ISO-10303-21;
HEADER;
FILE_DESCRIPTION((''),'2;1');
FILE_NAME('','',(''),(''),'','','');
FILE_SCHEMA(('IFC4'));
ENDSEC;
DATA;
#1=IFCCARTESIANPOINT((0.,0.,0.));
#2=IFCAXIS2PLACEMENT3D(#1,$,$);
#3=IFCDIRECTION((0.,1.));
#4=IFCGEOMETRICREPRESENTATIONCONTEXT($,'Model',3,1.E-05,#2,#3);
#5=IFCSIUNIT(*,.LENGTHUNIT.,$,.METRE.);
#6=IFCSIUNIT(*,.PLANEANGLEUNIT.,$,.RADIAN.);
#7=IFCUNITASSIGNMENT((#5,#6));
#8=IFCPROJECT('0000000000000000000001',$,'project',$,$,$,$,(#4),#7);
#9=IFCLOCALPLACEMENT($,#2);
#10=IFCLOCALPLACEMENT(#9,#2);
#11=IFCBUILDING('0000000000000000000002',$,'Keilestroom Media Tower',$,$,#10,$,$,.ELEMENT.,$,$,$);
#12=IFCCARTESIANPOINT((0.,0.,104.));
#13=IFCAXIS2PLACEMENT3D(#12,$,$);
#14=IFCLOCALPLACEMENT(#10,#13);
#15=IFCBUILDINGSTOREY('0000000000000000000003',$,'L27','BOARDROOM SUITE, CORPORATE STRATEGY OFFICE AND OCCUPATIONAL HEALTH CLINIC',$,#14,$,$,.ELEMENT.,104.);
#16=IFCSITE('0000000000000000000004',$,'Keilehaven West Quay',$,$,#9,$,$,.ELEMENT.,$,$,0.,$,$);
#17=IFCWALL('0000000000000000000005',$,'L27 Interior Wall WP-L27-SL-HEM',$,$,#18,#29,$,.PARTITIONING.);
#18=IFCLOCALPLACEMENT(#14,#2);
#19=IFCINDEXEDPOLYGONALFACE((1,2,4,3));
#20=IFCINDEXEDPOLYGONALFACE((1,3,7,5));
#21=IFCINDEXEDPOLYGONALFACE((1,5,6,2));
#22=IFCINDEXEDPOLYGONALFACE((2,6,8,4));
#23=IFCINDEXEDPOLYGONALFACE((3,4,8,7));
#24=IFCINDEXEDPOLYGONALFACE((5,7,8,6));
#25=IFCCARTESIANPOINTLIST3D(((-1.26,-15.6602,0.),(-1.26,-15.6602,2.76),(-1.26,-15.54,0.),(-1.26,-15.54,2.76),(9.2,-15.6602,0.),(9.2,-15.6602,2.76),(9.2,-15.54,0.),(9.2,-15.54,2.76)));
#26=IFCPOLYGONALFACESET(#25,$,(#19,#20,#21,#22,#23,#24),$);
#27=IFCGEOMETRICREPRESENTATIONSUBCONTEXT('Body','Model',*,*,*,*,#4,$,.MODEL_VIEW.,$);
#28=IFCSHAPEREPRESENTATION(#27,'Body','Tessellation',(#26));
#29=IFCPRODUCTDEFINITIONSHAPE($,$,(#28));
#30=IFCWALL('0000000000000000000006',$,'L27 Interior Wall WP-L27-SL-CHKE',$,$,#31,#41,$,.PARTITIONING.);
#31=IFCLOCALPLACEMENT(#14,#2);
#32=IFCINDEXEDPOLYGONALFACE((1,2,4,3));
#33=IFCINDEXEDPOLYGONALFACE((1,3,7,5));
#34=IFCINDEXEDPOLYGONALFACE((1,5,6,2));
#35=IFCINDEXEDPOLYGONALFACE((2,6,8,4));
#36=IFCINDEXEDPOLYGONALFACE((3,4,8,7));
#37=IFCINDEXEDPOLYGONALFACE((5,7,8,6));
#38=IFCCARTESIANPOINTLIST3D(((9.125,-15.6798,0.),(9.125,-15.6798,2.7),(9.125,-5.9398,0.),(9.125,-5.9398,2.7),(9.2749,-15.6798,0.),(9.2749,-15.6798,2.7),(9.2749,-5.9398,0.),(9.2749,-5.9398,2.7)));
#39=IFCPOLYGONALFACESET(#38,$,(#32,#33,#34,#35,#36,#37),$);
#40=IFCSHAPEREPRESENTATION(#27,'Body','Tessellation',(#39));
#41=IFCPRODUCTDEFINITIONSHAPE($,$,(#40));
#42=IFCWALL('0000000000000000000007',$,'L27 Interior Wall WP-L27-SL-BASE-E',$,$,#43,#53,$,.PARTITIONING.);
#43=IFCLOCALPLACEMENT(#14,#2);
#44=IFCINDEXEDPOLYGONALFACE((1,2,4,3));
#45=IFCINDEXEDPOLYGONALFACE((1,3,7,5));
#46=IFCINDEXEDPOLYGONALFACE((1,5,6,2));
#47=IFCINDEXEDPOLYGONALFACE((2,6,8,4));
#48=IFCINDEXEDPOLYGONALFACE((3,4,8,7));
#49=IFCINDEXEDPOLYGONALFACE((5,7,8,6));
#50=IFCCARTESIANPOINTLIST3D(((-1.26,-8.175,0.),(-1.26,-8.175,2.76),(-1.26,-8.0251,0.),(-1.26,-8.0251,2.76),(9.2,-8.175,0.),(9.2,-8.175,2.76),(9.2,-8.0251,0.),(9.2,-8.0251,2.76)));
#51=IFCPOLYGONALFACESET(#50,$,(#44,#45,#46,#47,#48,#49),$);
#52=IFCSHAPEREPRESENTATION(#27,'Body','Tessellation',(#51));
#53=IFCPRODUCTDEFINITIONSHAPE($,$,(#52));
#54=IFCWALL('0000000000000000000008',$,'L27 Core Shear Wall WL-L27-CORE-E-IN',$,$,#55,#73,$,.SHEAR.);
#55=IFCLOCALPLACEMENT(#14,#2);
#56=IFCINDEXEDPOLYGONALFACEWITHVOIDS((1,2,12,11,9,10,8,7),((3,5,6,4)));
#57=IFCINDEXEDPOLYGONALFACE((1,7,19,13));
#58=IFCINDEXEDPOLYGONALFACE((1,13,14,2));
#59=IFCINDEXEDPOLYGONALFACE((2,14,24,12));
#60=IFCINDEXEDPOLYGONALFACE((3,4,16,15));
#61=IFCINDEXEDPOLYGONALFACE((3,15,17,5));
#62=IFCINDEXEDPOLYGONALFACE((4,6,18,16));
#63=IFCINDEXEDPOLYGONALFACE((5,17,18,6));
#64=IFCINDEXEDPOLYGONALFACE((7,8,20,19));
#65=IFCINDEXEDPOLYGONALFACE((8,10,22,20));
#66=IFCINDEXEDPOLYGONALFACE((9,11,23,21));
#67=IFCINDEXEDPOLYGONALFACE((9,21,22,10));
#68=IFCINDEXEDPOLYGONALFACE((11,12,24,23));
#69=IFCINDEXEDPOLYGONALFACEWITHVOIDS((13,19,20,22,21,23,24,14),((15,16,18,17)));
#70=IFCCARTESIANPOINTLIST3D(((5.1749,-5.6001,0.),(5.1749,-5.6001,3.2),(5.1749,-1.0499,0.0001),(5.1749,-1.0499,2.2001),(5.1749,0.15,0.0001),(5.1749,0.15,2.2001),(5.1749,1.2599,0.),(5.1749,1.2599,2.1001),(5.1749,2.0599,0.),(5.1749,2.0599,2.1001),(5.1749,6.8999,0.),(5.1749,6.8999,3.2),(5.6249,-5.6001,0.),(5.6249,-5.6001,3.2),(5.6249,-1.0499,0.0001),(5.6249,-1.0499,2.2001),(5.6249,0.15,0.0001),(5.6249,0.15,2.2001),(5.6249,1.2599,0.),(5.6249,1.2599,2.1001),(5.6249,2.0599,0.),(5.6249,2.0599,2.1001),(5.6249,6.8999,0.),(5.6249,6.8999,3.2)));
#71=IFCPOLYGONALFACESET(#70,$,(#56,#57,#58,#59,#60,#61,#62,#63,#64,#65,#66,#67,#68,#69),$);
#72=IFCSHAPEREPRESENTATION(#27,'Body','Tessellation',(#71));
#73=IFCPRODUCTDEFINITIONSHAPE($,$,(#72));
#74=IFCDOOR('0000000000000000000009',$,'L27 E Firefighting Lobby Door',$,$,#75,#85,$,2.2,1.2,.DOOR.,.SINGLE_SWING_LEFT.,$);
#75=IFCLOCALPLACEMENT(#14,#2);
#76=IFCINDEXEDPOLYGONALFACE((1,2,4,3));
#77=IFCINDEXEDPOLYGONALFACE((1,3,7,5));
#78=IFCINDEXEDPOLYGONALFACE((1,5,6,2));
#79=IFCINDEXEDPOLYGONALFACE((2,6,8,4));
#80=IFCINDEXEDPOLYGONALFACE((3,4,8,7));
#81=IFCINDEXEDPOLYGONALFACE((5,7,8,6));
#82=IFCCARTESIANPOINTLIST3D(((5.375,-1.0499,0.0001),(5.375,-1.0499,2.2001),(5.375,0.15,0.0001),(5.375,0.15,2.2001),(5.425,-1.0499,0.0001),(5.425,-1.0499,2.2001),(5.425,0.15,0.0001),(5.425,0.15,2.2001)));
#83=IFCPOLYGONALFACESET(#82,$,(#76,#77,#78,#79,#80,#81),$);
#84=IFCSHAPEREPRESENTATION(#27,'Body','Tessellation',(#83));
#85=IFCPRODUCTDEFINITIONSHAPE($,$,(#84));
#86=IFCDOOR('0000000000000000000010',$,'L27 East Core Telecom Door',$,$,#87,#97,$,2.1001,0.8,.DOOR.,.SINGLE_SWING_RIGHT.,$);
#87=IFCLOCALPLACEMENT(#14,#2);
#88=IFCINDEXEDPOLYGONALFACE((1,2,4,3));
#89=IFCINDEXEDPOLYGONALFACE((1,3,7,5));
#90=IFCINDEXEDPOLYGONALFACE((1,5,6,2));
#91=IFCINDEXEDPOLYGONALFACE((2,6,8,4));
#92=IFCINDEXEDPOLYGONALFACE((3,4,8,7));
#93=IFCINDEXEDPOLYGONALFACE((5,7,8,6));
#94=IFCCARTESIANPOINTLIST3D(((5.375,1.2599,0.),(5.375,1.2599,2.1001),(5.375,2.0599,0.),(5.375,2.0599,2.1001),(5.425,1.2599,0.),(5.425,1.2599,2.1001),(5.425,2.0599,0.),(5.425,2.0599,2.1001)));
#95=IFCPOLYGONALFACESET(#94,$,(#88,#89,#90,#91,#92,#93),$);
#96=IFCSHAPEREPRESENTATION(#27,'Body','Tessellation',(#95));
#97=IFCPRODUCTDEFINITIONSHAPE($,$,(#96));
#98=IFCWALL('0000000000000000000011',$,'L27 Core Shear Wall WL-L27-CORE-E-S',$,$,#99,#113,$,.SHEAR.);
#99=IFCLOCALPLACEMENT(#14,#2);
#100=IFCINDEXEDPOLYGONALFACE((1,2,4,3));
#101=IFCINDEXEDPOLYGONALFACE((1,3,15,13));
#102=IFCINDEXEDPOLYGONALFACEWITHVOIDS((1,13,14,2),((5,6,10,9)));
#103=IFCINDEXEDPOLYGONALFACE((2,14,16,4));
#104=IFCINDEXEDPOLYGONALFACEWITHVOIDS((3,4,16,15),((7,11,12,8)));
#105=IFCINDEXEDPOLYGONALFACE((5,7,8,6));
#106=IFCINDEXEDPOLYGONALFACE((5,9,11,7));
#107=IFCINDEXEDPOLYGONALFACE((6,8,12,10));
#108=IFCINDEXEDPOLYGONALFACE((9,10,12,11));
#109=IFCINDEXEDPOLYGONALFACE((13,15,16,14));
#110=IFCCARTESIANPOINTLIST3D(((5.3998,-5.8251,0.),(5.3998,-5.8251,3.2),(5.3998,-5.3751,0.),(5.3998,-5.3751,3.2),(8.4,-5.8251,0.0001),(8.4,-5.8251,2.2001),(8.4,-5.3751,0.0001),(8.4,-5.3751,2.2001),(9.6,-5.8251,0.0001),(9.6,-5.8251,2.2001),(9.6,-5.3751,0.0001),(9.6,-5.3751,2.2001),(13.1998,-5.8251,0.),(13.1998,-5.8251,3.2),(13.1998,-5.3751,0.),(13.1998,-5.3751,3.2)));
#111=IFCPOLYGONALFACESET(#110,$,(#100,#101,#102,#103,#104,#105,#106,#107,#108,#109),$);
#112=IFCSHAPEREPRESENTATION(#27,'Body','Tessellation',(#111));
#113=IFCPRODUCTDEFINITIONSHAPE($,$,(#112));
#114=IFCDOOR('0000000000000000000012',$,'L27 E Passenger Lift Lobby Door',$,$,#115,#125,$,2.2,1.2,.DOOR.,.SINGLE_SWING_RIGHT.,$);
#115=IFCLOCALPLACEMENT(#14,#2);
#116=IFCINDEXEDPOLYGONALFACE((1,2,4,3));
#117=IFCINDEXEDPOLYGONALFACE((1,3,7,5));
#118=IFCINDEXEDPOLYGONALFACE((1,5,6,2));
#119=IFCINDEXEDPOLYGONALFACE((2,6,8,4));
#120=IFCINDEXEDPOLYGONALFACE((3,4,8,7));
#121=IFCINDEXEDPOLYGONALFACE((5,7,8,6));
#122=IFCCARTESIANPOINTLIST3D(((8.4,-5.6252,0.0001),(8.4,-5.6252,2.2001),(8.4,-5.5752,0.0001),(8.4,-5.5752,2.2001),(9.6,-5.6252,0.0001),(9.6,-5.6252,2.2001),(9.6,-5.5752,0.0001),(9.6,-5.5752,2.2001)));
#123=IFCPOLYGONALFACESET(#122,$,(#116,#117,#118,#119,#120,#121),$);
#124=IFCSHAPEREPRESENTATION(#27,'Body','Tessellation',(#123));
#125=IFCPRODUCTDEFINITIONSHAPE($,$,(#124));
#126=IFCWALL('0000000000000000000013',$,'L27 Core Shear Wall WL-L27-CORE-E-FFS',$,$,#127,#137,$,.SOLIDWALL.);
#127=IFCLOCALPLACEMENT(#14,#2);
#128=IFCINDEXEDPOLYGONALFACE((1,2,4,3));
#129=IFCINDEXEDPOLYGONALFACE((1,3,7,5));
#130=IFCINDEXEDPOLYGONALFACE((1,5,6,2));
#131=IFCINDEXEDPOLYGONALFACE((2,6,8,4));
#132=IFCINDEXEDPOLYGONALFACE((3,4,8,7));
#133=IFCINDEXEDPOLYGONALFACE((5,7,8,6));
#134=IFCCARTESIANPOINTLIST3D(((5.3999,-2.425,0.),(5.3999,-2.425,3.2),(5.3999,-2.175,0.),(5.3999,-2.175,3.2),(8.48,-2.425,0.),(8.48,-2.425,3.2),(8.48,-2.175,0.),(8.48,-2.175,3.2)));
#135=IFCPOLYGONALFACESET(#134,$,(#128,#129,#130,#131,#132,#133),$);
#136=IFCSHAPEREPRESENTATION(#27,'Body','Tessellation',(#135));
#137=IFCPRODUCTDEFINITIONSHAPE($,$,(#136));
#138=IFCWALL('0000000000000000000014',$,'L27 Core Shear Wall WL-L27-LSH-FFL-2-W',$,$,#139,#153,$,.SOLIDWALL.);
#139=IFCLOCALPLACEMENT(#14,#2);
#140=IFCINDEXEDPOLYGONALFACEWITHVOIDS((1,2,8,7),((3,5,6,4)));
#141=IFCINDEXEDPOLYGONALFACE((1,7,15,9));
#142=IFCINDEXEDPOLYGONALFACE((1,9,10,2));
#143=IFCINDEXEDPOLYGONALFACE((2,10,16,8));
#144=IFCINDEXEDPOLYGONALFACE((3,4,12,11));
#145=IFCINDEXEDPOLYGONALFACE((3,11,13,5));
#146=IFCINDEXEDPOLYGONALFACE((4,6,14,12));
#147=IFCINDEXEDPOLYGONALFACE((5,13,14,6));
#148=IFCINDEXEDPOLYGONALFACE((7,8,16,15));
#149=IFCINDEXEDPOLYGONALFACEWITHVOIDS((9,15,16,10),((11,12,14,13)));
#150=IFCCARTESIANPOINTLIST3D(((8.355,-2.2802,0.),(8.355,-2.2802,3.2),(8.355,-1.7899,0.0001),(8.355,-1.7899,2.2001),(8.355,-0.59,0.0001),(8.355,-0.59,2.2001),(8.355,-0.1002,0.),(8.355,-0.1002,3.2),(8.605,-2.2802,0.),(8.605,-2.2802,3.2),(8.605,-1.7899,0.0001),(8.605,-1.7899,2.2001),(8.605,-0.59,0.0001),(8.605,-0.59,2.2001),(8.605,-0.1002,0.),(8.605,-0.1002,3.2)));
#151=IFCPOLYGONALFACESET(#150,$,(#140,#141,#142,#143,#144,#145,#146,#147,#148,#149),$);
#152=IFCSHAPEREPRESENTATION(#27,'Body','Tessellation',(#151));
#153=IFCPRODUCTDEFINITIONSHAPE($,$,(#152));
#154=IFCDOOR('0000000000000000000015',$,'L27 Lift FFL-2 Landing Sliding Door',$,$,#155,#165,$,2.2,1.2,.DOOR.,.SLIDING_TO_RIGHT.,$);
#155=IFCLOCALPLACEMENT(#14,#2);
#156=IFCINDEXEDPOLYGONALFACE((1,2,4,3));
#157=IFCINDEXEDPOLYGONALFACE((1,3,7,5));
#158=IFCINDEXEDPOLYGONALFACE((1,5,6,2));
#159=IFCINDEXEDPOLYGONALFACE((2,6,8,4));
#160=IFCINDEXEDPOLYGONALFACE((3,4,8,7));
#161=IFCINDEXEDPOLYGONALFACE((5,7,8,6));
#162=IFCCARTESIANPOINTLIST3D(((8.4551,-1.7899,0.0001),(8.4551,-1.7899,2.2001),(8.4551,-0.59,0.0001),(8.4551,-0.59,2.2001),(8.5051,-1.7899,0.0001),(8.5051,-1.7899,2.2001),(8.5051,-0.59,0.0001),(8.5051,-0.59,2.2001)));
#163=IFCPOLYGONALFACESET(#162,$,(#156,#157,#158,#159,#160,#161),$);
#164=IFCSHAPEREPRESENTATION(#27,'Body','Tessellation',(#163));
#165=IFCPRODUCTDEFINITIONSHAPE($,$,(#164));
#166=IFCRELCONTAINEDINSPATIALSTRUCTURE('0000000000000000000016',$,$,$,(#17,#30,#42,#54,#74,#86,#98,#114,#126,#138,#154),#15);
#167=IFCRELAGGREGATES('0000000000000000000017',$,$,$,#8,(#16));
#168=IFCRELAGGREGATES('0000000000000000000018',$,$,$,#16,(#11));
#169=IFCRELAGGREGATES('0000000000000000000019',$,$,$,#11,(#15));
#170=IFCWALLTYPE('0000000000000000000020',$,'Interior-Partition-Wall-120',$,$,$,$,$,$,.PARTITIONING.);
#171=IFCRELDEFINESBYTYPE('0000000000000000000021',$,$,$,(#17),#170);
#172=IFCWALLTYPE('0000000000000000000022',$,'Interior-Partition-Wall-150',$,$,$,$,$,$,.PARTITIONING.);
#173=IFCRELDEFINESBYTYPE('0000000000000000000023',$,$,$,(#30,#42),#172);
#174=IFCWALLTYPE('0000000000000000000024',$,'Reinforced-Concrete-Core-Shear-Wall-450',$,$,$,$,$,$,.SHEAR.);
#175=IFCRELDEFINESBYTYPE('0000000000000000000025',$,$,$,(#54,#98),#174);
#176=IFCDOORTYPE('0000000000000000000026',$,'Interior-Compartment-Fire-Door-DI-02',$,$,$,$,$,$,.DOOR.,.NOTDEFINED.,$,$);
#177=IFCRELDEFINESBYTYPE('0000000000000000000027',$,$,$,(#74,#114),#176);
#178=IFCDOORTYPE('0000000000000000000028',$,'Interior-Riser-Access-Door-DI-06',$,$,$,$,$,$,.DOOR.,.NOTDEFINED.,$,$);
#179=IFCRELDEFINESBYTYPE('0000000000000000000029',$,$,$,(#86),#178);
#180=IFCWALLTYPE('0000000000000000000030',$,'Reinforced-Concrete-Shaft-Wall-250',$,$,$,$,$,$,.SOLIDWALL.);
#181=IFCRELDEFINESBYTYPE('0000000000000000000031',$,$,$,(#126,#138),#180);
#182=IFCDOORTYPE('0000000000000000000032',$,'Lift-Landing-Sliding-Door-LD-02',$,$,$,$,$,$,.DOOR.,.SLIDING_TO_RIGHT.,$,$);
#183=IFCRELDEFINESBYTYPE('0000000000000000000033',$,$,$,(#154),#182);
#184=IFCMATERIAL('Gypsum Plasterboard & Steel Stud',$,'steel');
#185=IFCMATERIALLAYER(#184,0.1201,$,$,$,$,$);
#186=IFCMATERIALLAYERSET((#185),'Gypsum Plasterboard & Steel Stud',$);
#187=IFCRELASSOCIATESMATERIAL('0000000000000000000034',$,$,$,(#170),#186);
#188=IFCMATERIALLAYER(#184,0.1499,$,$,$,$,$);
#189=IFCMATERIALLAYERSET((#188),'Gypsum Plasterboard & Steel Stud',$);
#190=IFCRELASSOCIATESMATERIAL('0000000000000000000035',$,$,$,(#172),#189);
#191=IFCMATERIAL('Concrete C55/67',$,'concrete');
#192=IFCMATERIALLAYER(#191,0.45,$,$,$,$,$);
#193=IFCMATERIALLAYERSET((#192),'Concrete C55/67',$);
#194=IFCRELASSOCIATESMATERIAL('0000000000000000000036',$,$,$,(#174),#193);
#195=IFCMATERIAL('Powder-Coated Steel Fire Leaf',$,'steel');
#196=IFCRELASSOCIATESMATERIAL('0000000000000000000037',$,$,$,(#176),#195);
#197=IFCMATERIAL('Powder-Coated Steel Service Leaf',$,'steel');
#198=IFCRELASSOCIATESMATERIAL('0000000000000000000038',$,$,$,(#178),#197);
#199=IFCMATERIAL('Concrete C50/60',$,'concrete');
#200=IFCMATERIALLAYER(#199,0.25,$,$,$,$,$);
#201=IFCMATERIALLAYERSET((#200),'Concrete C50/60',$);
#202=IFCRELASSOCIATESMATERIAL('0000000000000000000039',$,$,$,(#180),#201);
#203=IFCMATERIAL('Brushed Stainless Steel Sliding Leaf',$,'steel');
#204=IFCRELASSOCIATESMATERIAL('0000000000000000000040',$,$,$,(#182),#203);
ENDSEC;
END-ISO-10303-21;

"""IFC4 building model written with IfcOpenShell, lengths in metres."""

from ifc_helpers import new_model, si_unit, direction, frame, frame_2d, origin, place, context, subcontext, project, spatial, rectangle, extrude, source, transform, mapped, material, layer, layer_set, type_object, element, fill, save


model = new_model("IFC4")

# Units and contexts
model_context = context("Model", 3, precision=1e-05, world=origin(), true_north=direction((0.0, 1.0)))
body_context = subcontext(model_context, "Body", "Model", "MODEL_VIEW")
ifc_project = project(units=[si_unit("LENGTHUNIT", "METRE"), si_unit("PLANEANGLEUNIT", "RADIAN")], contexts=[model_context])

# Site, building, storey
site_placement = place(None, origin())
site = spatial("IfcSite", under=ifc_project, at=site_placement, Name="Keilehaven West Quay", CompositionType="ELEMENT", RefElevation=0.0)
building_placement = place(site_placement, origin())
building = spatial("IfcBuilding", under=site, at=building_placement, Name="Keilestroom Media Tower", CompositionType="ELEMENT")
storey_placement = place(building_placement, frame((0.0, 0.0, 104.0)))
storey = spatial("IfcBuildingStorey", under=building, at=storey_placement, Name="L27", Description="BOARDROOM SUITE, CORPORATE STRATEGY OFFICE AND OCCUPATIONAL HEALTH CLINIC", CompositionType="ELEMENT", Elevation=104.0)

# Shared definitions
ifc_material_1 = material(Name="Concrete C55/67", Category="concrete")

# Walls
ifc_material_2 = material(Name="Gypsum Plasterboard & Steel Stud", Category="steel")
ifc_layer_1 = layer(ifc_material_2, 0.1201)
ifc_layer_set_1 = layer_set([ifc_layer_1], Name="Gypsum Plasterboard & Steel Stud")
wall_type_1 = type_object("IfcWallType", Name="Interior-Partition-Wall-120", PredefinedType="PARTITIONING", material=ifc_layer_set_1)
wall_1_placement = place(storey_placement, frame((-1.26, -15.6001, 0.0), z_axis=(0.0, 0.0, 1.0), x_axis=(1.0, 0.0, 0.0)))
element("IfcWall", 1, at=wall_1_placement, inside=storey, type_object=wall_type_1, Name="L27 Interior Wall WP-L27-SL-HEM", PredefinedType="PARTITIONING", context=body_context, shape_type="SweptSolid", body=[
    extrude(rectangle(XDim=10.46, YDim=0.1201, at=frame_2d((5.23, 0.0))), origin(), (0.0, 0.0, 1.0), 2.76),
])
ifc_layer_2 = layer(ifc_material_2, 0.1499)
ifc_layer_set_2 = layer_set([ifc_layer_2], Name="Gypsum Plasterboard & Steel Stud")
wall_type_2 = type_object("IfcWallType", Name="Interior-Partition-Wall-150", PredefinedType="PARTITIONING", material=ifc_layer_set_2)
wall_2_placement = place(storey_placement, frame((9.2, -15.6799, 0.0), z_axis=(0.0, 0.0, 1.0), x_axis=(0.0, 1.0, 0.0)))
element("IfcWall", 2, at=wall_2_placement, inside=storey, type_object=wall_type_2, Name="L27 Interior Wall WP-L27-SL-CHKE", PredefinedType="PARTITIONING", context=body_context, shape_type="SweptSolid", body=[
    extrude(rectangle(XDim=9.74, YDim=0.1499, at=frame_2d((4.8701, 0.0))), origin(), (0.0, 0.0, 1.0), 2.7),
])
wall_3_placement = place(storey_placement, frame((-1.26, -8.1001, 0.0), z_axis=(0.0, 0.0, 1.0), x_axis=(1.0, 0.0, 0.0)))
element("IfcWall", 3, at=wall_3_placement, inside=storey, type_object=wall_type_2, Name="L27 Interior Wall WP-L27-SL-BASE-E", PredefinedType="PARTITIONING", context=body_context, shape_type="SweptSolid", body=[
    extrude(rectangle(XDim=10.46, YDim=0.1499, at=frame_2d((5.23, 0.0))), origin(), (0.0, 0.0, 1.0), 2.76),
])

# Wall, openings, doors
ifc_layer_3 = layer(ifc_material_1, 0.45)
ifc_layer_set_3 = layer_set([ifc_layer_3], Name="Concrete C55/67")
wall_type_3 = type_object("IfcWallType", Name="Reinforced-Concrete-Core-Shear-Wall-450", PredefinedType="SHEAR", material=ifc_layer_set_3)
wall_4_placement = place(storey_placement, frame((5.3999, -5.6001, 0.0), z_axis=(0.0, 0.0, 1.0), x_axis=(0.0, 1.0, 0.0)))
wall_4 = element("IfcWall", 4, at=wall_4_placement, inside=storey, type_object=wall_type_3, Name="L27 Core Shear Wall WL-L27-CORE-E-IN", PredefinedType="SHEAR", context=body_context, shape_type="SweptSolid", body=[
    extrude(rectangle(XDim=12.5, YDim=0.45, at=frame_2d((6.25, 0.0))), origin(), (0.0, 0.0, 1.0), 3.2),
])
opening_1_placement = place(wall_4_placement, frame((4.55, 0.0, 0.0)))
opening_1 = element("IfcOpeningElement", 5, at=opening_1_placement, cuts=wall_4, PredefinedType="OPENING", context=body_context, shape_type="SweptSolid", body=[
    extrude(rectangle(XDim=1.2, YDim=2.2, at=frame_2d((0.6001, 1.1001))), frame((0.0, 0.2349, 0.0), z_axis=(0.0, -1.0, 0.0), x_axis=(1.0, 0.0, 0.0)), (0.0, 0.0, 1.0), 0.47),
])
opening_2_placement = place(wall_4_placement, frame((6.8601, 0.0, 0.0)))
opening_2 = element("IfcOpeningElement", 6, at=opening_2_placement, cuts=wall_4, PredefinedType="OPENING", context=body_context, shape_type="SweptSolid", body=[
    extrude(rectangle(XDim=0.8, YDim=2.1001, at=frame_2d((0.3999, 1.05))), frame((0.0, 0.2349, 0.0), z_axis=(0.0, -1.0, 0.0), x_axis=(1.0, 0.0, 0.0)), (0.0, 0.0, 1.0), 0.47),
])
ifc_material_3 = material(Name="Powder-Coated Steel Fire Leaf", Category="steel")
door_type_1 = type_object("IfcDoorType", Name="Interior-Compartment-Fire-Door-DI-02", OperationType="NOTDEFINED", PredefinedType="DOOR", material=ifc_material_3)
shared_shape_1 = source(origin(), body_context, "Body", "SweptSolid", [
    extrude(rectangle(XDim=1.2, YDim=2.2, at=frame_2d((0.6001, 1.1001))), frame((0.0, 0.0249, 0.0), z_axis=(0.0, -1.0, 0.0), x_axis=(1.0, 0.0, 0.0)), (0.0, 0.0, 1.0), 0.05),
])
door_1_placement = place(opening_1_placement, origin())
door_1 = element("IfcDoor", 7, at=door_1_placement, inside=storey, type_object=door_type_1, Name="L27 E Firefighting Lobby Door", OperationType="SINGLE_SWING_LEFT", OverallHeight=2.2, OverallWidth=1.2, PredefinedType="DOOR", context=body_context, shape_type="MappedRepresentation", body=[
    mapped(shared_shape_1, transform((0.0, 0.0, 0.0), x_axis=(1.0, 0.0, 0.0), y_axis=(0.0, 1.0, 0.0), z_axis=(0.0, 0.0, 1.0), scale=1.0)),
])
fill(opening_1, door_1)
ifc_material_4 = material(Name="Powder-Coated Steel Service Leaf", Category="steel")
door_type_2 = type_object("IfcDoorType", Name="Interior-Riser-Access-Door-DI-06", OperationType="NOTDEFINED", PredefinedType="DOOR", material=ifc_material_4)
shared_shape_2 = source(origin(), body_context, "Body", "SweptSolid", [
    extrude(rectangle(XDim=0.8, YDim=2.1001, at=frame_2d((0.3999, 1.05))), frame((0.0, 0.0249, 0.0), z_axis=(0.0, -1.0, 0.0), x_axis=(1.0, 0.0, 0.0)), (0.0, 0.0, 1.0), 0.05),
])
door_2_placement = place(opening_2_placement, origin())
door_2 = element("IfcDoor", 8, at=door_2_placement, inside=storey, type_object=door_type_2, Name="L27 East Core Telecom Door", OperationType="SINGLE_SWING_RIGHT", OverallHeight=2.1001, OverallWidth=0.8, PredefinedType="DOOR", context=body_context, shape_type="MappedRepresentation", body=[
    mapped(shared_shape_2, transform((0.0, 0.0, 0.0), x_axis=(1.0, 0.0, 0.0), y_axis=(0.0, 1.0, 0.0), z_axis=(0.0, 0.0, 1.0), scale=1.0)),
])
fill(opening_2, door_2)

# Wall, opening, door
wall_5_placement = place(storey_placement, frame((5.3999, -5.6001, 0.0), z_axis=(0.0, 0.0, 1.0), x_axis=(1.0, 0.0, 0.0)))
wall_5 = element("IfcWall", 9, at=wall_5_placement, inside=storey, type_object=wall_type_3, Name="L27 Core Shear Wall WL-L27-CORE-E-S", PredefinedType="SHEAR", context=body_context, shape_type="SweptSolid", body=[
    extrude(rectangle(XDim=7.8, YDim=0.45, at=frame_2d((3.8999, 0.0))), origin(), (0.0, 0.0, 1.0), 3.2),
])
opening_3_placement = place(wall_5_placement, frame((3.0, 0.0, 0.0)))
opening_3 = element("IfcOpeningElement", 10, at=opening_3_placement, cuts=wall_5, PredefinedType="OPENING", context=body_context, shape_type="SweptSolid", body=[
    extrude(rectangle(XDim=1.2, YDim=2.2, at=frame_2d((0.6001, 1.1001))), frame((0.0, 0.2349, 0.0), z_axis=(0.0, -1.0, 0.0), x_axis=(1.0, 0.0, 0.0)), (0.0, 0.0, 1.0), 0.47),
])
door_3_placement = place(opening_3_placement, origin())
door_3 = element("IfcDoor", 11, at=door_3_placement, inside=storey, type_object=door_type_1, Name="L27 E Passenger Lift Lobby Door", OperationType="SINGLE_SWING_RIGHT", OverallHeight=2.2, OverallWidth=1.2, PredefinedType="DOOR", context=body_context, shape_type="MappedRepresentation", body=[
    mapped(shared_shape_1, transform((0.0, 0.0, 0.0), x_axis=(1.0, 0.0, 0.0), y_axis=(0.0, 1.0, 0.0), z_axis=(0.0, 0.0, 1.0), scale=1.0)),
])
fill(opening_3, door_3)

# Wall
ifc_material_5 = material(Name="Concrete C50/60", Category="concrete")
ifc_layer_4 = layer(ifc_material_5, 0.25)
ifc_layer_set_4 = layer_set([ifc_layer_4], Name="Concrete C50/60")
wall_type_4 = type_object("IfcWallType", Name="Reinforced-Concrete-Shaft-Wall-250", PredefinedType="SOLIDWALL", material=ifc_layer_set_4)
wall_6_placement = place(storey_placement, frame((5.3999, -2.3, 0.0), z_axis=(0.0, 0.0, 1.0), x_axis=(1.0, 0.0, 0.0)))
element("IfcWall", 12, at=wall_6_placement, inside=storey, type_object=wall_type_4, Name="L27 Core Shear Wall WL-L27-CORE-E-FFS", PredefinedType="SOLIDWALL", context=body_context, shape_type="SweptSolid", body=[
    extrude(rectangle(XDim=3.0801, YDim=0.25, at=frame_2d((1.54, 0.0))), origin(), (0.0, 0.0, 1.0), 3.2),
])

# Wall, opening, door
wall_7_placement = place(storey_placement, frame((8.48, -2.28, 0.0), z_axis=(0.0, 0.0, 1.0), x_axis=(0.0, 1.0, 0.0)))
wall_7 = element("IfcWall", 13, at=wall_7_placement, inside=storey, type_object=wall_type_4, Name="L27 Core Shear Wall WL-L27-LSH-FFL-2-W", PredefinedType="SOLIDWALL", context=body_context, shape_type="SweptSolid", body=[
    extrude(rectangle(XDim=2.1799, YDim=0.25, at=frame_2d((1.0898, 0.0))), origin(), (0.0, 0.0, 1.0), 3.2),
])
opening_4_placement = place(wall_7_placement, frame((0.49, 0.0, 0.0)))
opening_4 = element("IfcOpeningElement", 14, at=opening_4_placement, cuts=wall_7, PredefinedType="OPENING", context=body_context, shape_type="SweptSolid", body=[
    extrude(rectangle(XDim=1.2, YDim=2.2, at=frame_2d((0.6001, 1.1001))), frame((0.0, 0.135, 0.0), z_axis=(0.0, -1.0, 0.0), x_axis=(1.0, 0.0, 0.0)), (0.0, 0.0, 1.0), 0.27),
])
ifc_material_6 = material(Name="Brushed Stainless Steel Sliding Leaf", Category="steel")
door_type_3 = type_object("IfcDoorType", Name="Lift-Landing-Sliding-Door-LD-02", OperationType="SLIDING_TO_RIGHT", PredefinedType="DOOR", material=ifc_material_6)
door_4_placement = place(opening_4_placement, origin())
door_4 = element("IfcDoor", 15, at=door_4_placement, inside=storey, type_object=door_type_3, Name="L27 Lift FFL-2 Landing Sliding Door", OperationType="SLIDING_TO_RIGHT", OverallHeight=2.2, OverallWidth=1.2, PredefinedType="DOOR", context=body_context, shape_type="MappedRepresentation", body=[
    mapped(shared_shape_1, transform((0.0, 0.0, 0.0), x_axis=(1.0, 0.0, 0.0), y_axis=(0.0, 1.0, 0.0), z_axis=(0.0, 0.0, 1.0), scale=1.0)),
])
fill(opening_4, door_4)

save(model, "model.ifc")
